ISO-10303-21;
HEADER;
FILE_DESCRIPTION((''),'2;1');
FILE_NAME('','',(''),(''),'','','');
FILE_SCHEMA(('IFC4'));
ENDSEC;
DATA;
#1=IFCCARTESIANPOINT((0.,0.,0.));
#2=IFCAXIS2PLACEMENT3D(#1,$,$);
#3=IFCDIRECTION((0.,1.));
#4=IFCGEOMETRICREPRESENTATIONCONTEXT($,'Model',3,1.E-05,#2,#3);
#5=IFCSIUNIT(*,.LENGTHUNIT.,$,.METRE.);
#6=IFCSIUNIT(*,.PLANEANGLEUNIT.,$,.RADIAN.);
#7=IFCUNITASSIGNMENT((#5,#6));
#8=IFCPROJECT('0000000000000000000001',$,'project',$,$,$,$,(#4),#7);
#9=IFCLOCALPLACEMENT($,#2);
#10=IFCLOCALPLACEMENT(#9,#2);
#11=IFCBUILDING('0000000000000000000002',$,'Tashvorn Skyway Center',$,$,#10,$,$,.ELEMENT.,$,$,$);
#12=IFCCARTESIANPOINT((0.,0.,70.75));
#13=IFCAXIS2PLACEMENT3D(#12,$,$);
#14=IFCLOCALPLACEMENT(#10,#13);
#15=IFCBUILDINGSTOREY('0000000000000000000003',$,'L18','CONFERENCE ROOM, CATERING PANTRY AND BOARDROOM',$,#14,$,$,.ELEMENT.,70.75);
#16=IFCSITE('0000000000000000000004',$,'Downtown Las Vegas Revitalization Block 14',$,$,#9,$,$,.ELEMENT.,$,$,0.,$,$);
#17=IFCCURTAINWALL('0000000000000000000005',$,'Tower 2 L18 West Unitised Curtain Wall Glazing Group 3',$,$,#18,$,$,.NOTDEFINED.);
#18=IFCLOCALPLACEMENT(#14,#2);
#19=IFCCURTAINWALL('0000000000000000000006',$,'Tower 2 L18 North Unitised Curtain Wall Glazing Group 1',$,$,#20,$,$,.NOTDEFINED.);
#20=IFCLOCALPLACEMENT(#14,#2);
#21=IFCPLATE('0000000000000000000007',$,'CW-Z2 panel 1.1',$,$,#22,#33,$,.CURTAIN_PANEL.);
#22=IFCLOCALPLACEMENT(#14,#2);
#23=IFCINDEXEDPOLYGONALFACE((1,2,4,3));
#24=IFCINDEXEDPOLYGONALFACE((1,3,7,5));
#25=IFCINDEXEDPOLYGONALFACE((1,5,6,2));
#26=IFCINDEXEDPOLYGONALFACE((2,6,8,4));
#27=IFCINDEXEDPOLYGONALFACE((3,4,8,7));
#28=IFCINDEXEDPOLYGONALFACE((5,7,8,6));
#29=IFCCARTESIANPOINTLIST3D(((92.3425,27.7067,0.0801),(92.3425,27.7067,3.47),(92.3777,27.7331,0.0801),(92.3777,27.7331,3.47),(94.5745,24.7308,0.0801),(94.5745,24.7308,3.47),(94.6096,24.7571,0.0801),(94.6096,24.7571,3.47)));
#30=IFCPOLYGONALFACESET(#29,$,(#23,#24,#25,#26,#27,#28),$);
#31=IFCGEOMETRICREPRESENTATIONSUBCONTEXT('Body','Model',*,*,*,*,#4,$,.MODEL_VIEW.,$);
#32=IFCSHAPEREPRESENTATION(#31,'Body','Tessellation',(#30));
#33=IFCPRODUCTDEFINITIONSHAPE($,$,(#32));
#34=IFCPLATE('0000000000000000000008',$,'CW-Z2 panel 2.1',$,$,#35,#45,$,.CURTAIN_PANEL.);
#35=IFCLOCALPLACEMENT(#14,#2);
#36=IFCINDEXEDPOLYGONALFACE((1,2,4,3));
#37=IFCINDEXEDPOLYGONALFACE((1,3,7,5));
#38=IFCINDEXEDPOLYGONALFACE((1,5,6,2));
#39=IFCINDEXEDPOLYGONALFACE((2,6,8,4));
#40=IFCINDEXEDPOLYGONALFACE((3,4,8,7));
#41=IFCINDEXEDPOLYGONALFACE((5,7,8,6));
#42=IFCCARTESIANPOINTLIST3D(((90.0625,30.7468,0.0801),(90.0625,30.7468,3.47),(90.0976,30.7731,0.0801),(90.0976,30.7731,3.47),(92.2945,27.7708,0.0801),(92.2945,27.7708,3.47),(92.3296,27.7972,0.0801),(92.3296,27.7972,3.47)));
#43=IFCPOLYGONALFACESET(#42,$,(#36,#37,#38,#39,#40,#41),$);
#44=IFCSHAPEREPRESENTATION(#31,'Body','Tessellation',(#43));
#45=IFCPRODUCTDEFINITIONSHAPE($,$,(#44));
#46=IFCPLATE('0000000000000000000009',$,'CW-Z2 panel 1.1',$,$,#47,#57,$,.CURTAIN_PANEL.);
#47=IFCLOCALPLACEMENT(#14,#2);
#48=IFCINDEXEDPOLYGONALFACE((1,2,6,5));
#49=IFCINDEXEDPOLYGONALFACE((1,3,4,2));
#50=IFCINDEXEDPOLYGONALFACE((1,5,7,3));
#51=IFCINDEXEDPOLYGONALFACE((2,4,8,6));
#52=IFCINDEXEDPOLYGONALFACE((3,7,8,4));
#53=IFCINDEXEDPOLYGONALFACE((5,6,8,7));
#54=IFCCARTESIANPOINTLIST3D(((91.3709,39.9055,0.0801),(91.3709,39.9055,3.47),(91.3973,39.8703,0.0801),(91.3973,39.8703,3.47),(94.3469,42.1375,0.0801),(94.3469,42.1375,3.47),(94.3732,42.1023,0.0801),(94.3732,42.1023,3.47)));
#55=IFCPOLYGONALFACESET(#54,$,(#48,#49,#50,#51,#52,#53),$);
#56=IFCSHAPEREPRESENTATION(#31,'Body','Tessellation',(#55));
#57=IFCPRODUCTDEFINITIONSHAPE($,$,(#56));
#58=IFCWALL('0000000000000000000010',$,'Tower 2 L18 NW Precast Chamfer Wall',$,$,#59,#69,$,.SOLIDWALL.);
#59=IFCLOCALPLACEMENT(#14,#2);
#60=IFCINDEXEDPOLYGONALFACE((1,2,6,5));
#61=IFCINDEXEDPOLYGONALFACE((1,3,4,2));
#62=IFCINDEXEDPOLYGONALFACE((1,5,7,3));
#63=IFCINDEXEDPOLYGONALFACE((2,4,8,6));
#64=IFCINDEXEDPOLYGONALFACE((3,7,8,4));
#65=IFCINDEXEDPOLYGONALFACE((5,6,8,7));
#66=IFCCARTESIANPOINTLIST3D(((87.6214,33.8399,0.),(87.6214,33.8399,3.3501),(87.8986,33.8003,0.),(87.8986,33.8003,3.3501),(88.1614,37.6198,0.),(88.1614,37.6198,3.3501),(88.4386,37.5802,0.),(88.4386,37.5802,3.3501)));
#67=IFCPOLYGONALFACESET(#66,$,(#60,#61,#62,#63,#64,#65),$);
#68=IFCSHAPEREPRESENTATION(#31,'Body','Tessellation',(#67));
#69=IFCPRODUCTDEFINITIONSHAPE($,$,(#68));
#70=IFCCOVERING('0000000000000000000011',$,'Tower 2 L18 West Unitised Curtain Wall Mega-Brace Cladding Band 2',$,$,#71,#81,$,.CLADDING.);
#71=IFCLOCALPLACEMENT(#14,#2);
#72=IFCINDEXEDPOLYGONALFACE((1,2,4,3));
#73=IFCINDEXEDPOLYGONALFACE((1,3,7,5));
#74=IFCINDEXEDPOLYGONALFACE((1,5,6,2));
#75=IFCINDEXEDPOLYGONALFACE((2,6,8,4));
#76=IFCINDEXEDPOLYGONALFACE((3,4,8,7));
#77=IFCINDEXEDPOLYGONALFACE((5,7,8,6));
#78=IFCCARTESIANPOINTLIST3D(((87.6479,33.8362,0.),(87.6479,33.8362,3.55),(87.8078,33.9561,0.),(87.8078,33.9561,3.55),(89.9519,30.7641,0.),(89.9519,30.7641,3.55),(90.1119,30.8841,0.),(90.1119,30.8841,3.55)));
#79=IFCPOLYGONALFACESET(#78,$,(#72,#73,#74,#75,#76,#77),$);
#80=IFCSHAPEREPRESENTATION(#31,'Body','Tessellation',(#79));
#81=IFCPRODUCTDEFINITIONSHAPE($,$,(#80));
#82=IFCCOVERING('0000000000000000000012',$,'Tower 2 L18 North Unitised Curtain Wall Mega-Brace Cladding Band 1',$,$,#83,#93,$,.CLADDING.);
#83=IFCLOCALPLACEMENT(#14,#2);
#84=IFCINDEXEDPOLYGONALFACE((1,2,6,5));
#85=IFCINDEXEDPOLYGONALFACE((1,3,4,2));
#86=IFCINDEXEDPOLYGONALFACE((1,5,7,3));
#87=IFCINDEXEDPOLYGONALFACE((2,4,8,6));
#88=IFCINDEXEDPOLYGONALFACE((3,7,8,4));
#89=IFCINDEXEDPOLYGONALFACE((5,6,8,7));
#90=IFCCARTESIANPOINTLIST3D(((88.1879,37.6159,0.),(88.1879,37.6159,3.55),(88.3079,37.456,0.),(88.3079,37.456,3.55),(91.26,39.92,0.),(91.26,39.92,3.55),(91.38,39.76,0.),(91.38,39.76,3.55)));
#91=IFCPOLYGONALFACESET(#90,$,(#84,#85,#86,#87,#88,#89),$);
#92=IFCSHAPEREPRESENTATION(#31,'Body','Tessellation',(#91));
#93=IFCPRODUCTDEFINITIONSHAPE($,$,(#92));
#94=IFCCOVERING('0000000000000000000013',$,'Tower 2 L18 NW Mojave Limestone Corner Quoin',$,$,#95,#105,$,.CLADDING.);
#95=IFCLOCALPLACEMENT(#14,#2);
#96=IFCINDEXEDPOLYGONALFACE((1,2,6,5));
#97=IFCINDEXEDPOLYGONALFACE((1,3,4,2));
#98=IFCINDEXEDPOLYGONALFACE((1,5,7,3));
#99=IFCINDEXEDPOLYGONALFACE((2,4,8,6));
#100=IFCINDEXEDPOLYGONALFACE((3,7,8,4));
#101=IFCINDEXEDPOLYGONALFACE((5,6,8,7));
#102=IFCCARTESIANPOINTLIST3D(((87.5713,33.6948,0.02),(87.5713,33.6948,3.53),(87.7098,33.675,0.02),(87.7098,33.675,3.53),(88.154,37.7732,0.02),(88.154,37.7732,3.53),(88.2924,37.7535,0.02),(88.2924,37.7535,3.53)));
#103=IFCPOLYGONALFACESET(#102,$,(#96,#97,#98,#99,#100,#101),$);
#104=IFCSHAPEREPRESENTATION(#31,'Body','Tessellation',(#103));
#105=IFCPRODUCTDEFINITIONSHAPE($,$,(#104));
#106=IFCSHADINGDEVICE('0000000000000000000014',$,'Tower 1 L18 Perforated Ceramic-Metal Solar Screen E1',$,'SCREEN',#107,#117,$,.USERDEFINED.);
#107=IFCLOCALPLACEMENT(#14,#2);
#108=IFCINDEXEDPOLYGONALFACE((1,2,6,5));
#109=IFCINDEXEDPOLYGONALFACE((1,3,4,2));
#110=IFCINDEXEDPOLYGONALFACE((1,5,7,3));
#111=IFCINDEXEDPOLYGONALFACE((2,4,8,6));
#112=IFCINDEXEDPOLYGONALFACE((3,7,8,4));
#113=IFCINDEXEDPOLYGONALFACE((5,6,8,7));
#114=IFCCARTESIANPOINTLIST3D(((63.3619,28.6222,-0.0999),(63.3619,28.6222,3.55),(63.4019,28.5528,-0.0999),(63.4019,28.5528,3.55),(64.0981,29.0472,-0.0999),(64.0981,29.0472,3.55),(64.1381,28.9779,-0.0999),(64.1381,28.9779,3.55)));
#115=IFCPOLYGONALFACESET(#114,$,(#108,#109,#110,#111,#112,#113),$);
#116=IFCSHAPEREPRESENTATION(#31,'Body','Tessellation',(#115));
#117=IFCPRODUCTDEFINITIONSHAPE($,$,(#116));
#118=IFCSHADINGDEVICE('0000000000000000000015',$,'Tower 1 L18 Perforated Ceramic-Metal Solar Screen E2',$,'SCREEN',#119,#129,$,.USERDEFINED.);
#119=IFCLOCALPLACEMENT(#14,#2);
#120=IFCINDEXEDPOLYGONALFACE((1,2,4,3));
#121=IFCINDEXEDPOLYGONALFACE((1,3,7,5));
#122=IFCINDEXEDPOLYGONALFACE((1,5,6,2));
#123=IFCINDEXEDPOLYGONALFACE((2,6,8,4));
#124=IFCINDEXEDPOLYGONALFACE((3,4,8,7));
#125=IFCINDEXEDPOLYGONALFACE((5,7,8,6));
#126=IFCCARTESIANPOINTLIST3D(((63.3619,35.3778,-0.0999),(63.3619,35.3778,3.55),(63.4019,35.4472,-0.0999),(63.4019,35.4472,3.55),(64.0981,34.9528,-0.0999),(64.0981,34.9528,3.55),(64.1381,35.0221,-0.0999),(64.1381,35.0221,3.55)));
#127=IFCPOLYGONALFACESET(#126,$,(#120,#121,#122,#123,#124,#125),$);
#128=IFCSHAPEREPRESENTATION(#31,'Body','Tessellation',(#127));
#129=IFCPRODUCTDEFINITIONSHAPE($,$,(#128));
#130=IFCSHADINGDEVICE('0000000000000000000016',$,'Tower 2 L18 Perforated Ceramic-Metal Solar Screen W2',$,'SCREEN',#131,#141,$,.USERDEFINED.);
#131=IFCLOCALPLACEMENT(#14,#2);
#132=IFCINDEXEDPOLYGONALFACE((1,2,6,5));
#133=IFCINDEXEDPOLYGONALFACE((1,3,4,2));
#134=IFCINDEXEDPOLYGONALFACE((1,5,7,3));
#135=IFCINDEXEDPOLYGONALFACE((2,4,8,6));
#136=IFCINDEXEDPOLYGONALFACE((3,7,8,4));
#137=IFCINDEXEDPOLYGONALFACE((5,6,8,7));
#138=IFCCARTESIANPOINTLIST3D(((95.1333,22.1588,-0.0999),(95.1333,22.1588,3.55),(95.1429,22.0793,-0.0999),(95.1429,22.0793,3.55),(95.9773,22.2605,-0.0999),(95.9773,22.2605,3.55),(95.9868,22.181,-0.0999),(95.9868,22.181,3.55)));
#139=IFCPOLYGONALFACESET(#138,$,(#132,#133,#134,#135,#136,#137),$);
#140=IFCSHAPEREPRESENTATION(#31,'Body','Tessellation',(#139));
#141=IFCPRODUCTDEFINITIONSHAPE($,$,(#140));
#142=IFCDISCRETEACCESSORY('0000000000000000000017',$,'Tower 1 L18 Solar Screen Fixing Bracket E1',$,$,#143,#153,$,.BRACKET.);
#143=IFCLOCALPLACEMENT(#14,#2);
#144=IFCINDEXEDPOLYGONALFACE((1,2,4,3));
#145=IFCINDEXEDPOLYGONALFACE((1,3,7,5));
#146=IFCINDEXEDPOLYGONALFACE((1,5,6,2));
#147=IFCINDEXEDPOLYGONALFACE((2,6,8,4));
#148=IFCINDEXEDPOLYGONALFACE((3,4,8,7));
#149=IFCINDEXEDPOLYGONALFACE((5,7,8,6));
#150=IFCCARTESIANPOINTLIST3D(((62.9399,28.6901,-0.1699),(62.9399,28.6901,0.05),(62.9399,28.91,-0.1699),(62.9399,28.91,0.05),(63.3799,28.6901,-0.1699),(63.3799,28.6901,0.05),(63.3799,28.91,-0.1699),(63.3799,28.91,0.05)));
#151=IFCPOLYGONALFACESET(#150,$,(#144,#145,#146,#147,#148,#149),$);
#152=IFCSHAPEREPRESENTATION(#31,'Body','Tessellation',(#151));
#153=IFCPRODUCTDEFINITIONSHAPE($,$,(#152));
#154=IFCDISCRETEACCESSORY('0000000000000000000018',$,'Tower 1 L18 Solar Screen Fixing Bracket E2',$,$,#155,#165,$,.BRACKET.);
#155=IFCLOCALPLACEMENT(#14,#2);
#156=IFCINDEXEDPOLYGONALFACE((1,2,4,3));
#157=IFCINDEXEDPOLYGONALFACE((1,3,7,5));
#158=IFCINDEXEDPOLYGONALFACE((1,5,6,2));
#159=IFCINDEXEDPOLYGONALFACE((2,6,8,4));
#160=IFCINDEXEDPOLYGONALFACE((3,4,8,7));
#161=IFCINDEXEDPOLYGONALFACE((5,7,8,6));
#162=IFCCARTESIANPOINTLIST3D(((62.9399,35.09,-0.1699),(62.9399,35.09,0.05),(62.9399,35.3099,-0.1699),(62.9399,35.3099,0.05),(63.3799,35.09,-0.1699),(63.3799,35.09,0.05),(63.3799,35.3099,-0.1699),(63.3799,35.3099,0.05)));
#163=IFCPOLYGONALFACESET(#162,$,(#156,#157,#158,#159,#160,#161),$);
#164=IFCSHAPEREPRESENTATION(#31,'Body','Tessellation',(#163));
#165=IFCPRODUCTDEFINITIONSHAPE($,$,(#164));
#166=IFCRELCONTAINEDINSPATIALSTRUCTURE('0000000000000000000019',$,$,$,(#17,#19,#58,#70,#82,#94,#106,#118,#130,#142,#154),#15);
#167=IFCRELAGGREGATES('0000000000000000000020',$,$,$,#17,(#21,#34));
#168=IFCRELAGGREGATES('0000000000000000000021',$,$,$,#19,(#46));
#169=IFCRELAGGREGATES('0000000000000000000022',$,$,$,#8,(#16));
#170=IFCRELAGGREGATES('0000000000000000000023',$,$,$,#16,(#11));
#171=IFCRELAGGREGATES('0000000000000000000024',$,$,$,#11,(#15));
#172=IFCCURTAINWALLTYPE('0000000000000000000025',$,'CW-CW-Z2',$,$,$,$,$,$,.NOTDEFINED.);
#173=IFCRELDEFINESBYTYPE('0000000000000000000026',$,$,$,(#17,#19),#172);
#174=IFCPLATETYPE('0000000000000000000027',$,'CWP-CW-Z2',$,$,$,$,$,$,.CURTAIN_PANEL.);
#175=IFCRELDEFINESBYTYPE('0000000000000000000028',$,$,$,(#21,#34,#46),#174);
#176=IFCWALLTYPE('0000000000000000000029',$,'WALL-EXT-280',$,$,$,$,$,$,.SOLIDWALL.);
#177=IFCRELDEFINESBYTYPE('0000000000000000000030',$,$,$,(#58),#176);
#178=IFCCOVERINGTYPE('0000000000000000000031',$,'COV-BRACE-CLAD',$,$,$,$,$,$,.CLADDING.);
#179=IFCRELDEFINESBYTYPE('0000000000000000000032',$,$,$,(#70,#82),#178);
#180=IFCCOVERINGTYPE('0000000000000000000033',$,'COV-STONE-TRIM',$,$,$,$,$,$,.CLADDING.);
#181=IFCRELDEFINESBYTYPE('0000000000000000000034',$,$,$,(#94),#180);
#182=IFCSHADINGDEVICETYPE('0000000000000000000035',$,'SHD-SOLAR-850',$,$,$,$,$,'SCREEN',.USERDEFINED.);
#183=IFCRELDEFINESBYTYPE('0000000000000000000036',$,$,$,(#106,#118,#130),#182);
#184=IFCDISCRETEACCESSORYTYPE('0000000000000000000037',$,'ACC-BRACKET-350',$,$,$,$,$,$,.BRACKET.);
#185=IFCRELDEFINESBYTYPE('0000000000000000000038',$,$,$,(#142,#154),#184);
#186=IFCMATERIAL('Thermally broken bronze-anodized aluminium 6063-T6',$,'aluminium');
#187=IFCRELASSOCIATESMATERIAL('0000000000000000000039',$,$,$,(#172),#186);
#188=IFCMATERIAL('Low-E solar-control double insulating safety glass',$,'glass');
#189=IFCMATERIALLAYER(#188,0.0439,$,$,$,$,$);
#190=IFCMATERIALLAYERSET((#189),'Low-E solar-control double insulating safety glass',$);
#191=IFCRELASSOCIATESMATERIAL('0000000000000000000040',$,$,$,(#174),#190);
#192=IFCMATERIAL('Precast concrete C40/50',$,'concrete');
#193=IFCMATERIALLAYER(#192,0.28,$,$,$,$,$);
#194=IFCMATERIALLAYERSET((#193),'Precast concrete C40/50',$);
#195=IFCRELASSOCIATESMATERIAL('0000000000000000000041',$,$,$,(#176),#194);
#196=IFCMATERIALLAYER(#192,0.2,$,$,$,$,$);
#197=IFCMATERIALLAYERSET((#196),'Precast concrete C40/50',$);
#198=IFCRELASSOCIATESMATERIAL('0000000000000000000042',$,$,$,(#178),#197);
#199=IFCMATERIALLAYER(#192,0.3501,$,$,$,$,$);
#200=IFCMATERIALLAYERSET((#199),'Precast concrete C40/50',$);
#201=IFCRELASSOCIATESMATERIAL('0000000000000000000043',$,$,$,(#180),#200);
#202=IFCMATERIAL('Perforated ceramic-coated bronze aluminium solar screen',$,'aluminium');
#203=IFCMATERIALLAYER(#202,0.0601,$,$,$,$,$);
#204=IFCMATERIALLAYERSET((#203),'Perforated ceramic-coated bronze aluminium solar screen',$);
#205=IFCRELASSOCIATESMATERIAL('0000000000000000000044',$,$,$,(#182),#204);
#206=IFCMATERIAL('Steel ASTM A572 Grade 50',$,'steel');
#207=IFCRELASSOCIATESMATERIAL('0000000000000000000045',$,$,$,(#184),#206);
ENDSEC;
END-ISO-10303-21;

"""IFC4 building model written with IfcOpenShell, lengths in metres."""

from ifc_helpers import new_model, si_unit, direction, frame, frame_2d, origin, origin_2d, place, context, subcontext, project, spatial, rectangle, extrude, material, layer, layer_set, type_object, element, aggregate, save


model = new_model("IFC4")

# Units and contexts
model_context = context("Model", 3, precision=1e-05, world=origin(), true_north=direction((0.0, 1.0)))
body_context = subcontext(model_context, "Body", "Model", "MODEL_VIEW")
ifc_project = project(units=[si_unit("LENGTHUNIT", "METRE"), si_unit("PLANEANGLEUNIT", "RADIAN")], contexts=[model_context])

# Site, building, storey
site_placement = place(None, origin())
site = spatial("IfcSite", under=ifc_project, at=site_placement, Name="Downtown Las Vegas Revitalization Block 14", CompositionType="ELEMENT", RefElevation=0.0)
building_placement = place(site_placement, origin())
building = spatial("IfcBuilding", under=site, at=building_placement, Name="Tashvorn Skyway Center", CompositionType="ELEMENT")
storey_placement = place(building_placement, frame((0.0, 0.0, 70.75)))
storey = spatial("IfcBuildingStorey", under=building, at=storey_placement, Name="L18", Description="CONFERENCE ROOM, CATERING PANTRY AND BOARDROOM", CompositionType="ELEMENT", Elevation=70.75)

# Shared definitions
ifc_material_1 = material(Name="Steel ASTM A572 Grade 50", Category="steel")

# Shared definitions
ifc_material_2 = material(Name="Thermally broken bronze-anodized aluminium 6063-T6", Category="aluminium")
curtain_wall_type = type_object("IfcCurtainWallType", Name="CW-CW-Z2", PredefinedType="NOTDEFINED", material=ifc_material_2)

# Curtain walls
curtain_wall_1_placement = place(storey_placement, origin())
curtain_wall_1 = element("IfcCurtainWall", 1, at=curtain_wall_1_placement, inside=storey, type_object=curtain_wall_type, Name="Tower 2 L18 West Unitised Curtain Wall Glazing Group 3", PredefinedType="NOTDEFINED")
curtain_wall_2_placement = place(storey_placement, origin())
curtain_wall_2 = element("IfcCurtainWall", 2, at=curtain_wall_2_placement, inside=storey, type_object=curtain_wall_type, Name="Tower 2 L18 North Unitised Curtain Wall Glazing Group 1", PredefinedType="NOTDEFINED")

# Plates
ifc_material_3 = material(Name="Low-E solar-control double insulating safety glass", Category="glass")
ifc_layer_1 = layer(ifc_material_3, 0.0439)
ifc_layer_set_1 = layer_set([ifc_layer_1], Name="Low-E solar-control double insulating safety glass")
plate_type = type_object("IfcPlateType", Name="CWP-CW-Z2", PredefinedType="CURTAIN_PANEL", material=ifc_layer_set_1)
plate_1_placement = place(storey_placement, frame((93.4761, 26.2319, 0.0801), z_axis=(0.0, 0.0, 1.0), x_axis=(-0.6, 0.8, 0.0)))
plate_1 = element("IfcPlate", 3, at=plate_1_placement, type_object=plate_type, Name="CW-Z2 panel 1.1", PredefinedType="CURTAIN_PANEL", context=body_context, shape_type="SweptSolid", body=[
    extrude(rectangle(XDim=3.72, YDim=0.0439, at=origin_2d()), origin(), (0.0, 0.0, 1.0), 3.3899),
])
plate_2_placement = place(storey_placement, frame((91.196, 29.272, 0.0801), z_axis=(0.0, 0.0, 1.0), x_axis=(-0.6, 0.8, 0.0)))
plate_2 = element("IfcPlate", 4, at=plate_2_placement, type_object=plate_type, Name="CW-Z2 panel 2.1", PredefinedType="CURTAIN_PANEL", context=body_context, shape_type="SweptSolid", body=[
    extrude(rectangle(XDim=3.72, YDim=0.0439, at=origin_2d()), origin(), (0.0, 0.0, 1.0), 3.3899),
])
aggregate(curtain_wall_1, [plate_1, plate_2])
plate_3_placement = place(storey_placement, frame((92.8721, 41.0039, 0.0801), z_axis=(0.0, 0.0, 1.0), x_axis=(0.8, 0.6, 0.0)))
plate_3 = element("IfcPlate", 5, at=plate_3_placement, type_object=plate_type, Name="CW-Z2 panel 1.1", PredefinedType="CURTAIN_PANEL", context=body_context, shape_type="SweptSolid", body=[
    extrude(rectangle(XDim=3.72, YDim=0.0439, at=origin_2d()), origin(), (0.0, 0.0, 1.0), 3.3899),
])
aggregate(curtain_wall_2, [plate_3])

# Wall
ifc_material_4 = material(Name="Precast concrete C40/50", Category="concrete")
ifc_layer_2 = layer(ifc_material_4, 0.28)
ifc_layer_set_2 = layer_set([ifc_layer_2], Name="Precast concrete C40/50")
wall_type = type_object("IfcWallType", Name="WALL-EXT-280", PredefinedType="SOLIDWALL", material=ifc_layer_set_2)
wall_placement = place(storey_placement, frame((87.76, 33.8201, 0.0), z_axis=(0.0, 0.0, 1.0), x_axis=(0.14143, 0.989948, 0.0)))
element("IfcWall", 6, at=wall_placement, inside=storey, type_object=wall_type, Name="Tower 2 L18 NW Precast Chamfer Wall", PredefinedType="SOLIDWALL", context=body_context, shape_type="SweptSolid", body=[
    extrude(rectangle(XDim=3.8184, YDim=0.28, at=frame_2d((1.9092, 0.0))), origin(), (0.0, 0.0, 1.0), 3.3501),
])

# Coverings
ifc_layer_3 = layer(ifc_material_4, 0.2)
ifc_layer_set_3 = layer_set([ifc_layer_3], Name="Precast concrete C40/50")
covering_type_1 = type_object("IfcCoveringType", Name="COV-BRACE-CLAD", PredefinedType="CLADDING", material=ifc_layer_set_3)
for number, where, z_axis, x_axis, name in (
    (7, (88.8799, 32.3601, 0.0), (0.0, 0.0, 1.0), (-0.6, 0.8, 0.0), "Tower 2 L18 West Unitised Curtain Wall Mega-Brace Cladding Band 2"),
    (8, (89.7839, 38.688, 0.0), (0.0, 0.0, 1.0), (0.8, 0.6, 0.0), "Tower 2 L18 North Unitised Curtain Wall Mega-Brace Cladding Band 1"),
):
    element("IfcCovering", number, at=place(storey_placement, frame(where, z_axis=z_axis, x_axis=x_axis)), inside=storey, type_object=covering_type_1, Name=name, PredefinedType="CLADDING", context=body_context, shape_type="SweptSolid", body=[
        extrude(rectangle(XDim=3.8401, YDim=0.2, at=origin_2d()), origin(), (0.0, 0.0, 1.0), 3.55),
    ])
ifc_layer_4 = layer(ifc_material_4, 0.3501)
ifc_layer_set_4 = layer_set([ifc_layer_4], Name="Precast concrete C40/50")
covering_type_2 = type_object("IfcCoveringType", Name="COV-STONE-TRIM", PredefinedType="CLADDING", material=ifc_layer_set_4)
covering_placement = place(storey_placement, frame((87.9319, 35.7241, 0.02), z_axis=(0.0, 0.0, 1.0), x_axis=(-0.141421, -0.989949, 0.0)))
element("IfcCovering", 9, at=covering_placement, inside=storey, type_object=covering_type_2, Name="Tower 2 L18 NW Mojave Limestone Corner Quoin", PredefinedType="CLADDING", context=body_context, shape_type="SweptSolid", body=[
    extrude(rectangle(XDim=4.1199, YDim=0.1399, at=origin_2d()), origin(), (0.0, 0.0, 1.0), 3.51),
])

# Shading devices
ifc_material_5 = material(Name="Perforated ceramic-coated bronze aluminium solar screen", Category="aluminium")
ifc_layer_5 = layer(ifc_material_5, 0.0601)
ifc_layer_set_5 = layer_set([ifc_layer_5], Name="Perforated ceramic-coated bronze aluminium solar screen")
shading_device_type = type_object("IfcShadingDeviceType", Name="SHD-SOLAR-850", ElementType="SCREEN", PredefinedType="USERDEFINED", material=ifc_layer_set_5)
for number, where, z_axis, x_axis, name in (
    (10, (63.75, 28.8, -0.0999), (0.0, 0.0, 1.0), (0.5, -0.866025, 0.0), "Tower 1 L18 Perforated Ceramic-Metal Solar Screen E1"),
    (11, (63.75, 35.2, -0.0999), (0.0, 0.0, 1.0), (-0.5, -0.866025, 0.0), "Tower 1 L18 Perforated Ceramic-Metal Solar Screen E2"),
    (12, (95.5601, 22.1699, -0.0999), (0.0, 0.0, 1.0), (-0.119615, 0.99282, 0.0), "Tower 2 L18 Perforated Ceramic-Metal Solar Screen W2"),
):
    element("IfcShadingDevice", number, at=place(storey_placement, frame(where, z_axis=z_axis, x_axis=x_axis)), inside=storey, type_object=shading_device_type, Name=name, ObjectType="SCREEN", PredefinedType="USERDEFINED", context=body_context, shape_type="SweptSolid", body=[
        extrude(rectangle(XDim=0.0801, YDim=0.8501, at=origin_2d()), origin(), (0.0, 0.0, 1.0), 3.6499),
    ])

# Discrete accessories
discrete_accessory_type = type_object("IfcDiscreteAccessoryType", Name="ACC-BRACKET-350", PredefinedType="BRACKET", material=ifc_material_1)
for number, where, z_axis, x_axis, name in (
    (13, (63.1599, 28.8, -0.1699), (0.0, 0.0, 1.0), (0.0, -1.0, 0.0), "Tower 1 L18 Solar Screen Fixing Bracket E1"),
    (14, (63.1599, 35.2, -0.1699), (0.0, 0.0, 1.0), (0.0, -1.0, 0.0), "Tower 1 L18 Solar Screen Fixing Bracket E2"),
):
    element("IfcDiscreteAccessory", number, at=place(storey_placement, frame(where, z_axis=z_axis, x_axis=x_axis)), inside=storey, type_object=discrete_accessory_type, Name=name, PredefinedType="BRACKET", context=body_context, shape_type="SweptSolid", body=[
        extrude(rectangle(XDim=0.22, YDim=0.4399, at=origin_2d()), origin(), (0.0, 0.0, 1.0), 0.22),
    ])

save(model, "model.ifc")
